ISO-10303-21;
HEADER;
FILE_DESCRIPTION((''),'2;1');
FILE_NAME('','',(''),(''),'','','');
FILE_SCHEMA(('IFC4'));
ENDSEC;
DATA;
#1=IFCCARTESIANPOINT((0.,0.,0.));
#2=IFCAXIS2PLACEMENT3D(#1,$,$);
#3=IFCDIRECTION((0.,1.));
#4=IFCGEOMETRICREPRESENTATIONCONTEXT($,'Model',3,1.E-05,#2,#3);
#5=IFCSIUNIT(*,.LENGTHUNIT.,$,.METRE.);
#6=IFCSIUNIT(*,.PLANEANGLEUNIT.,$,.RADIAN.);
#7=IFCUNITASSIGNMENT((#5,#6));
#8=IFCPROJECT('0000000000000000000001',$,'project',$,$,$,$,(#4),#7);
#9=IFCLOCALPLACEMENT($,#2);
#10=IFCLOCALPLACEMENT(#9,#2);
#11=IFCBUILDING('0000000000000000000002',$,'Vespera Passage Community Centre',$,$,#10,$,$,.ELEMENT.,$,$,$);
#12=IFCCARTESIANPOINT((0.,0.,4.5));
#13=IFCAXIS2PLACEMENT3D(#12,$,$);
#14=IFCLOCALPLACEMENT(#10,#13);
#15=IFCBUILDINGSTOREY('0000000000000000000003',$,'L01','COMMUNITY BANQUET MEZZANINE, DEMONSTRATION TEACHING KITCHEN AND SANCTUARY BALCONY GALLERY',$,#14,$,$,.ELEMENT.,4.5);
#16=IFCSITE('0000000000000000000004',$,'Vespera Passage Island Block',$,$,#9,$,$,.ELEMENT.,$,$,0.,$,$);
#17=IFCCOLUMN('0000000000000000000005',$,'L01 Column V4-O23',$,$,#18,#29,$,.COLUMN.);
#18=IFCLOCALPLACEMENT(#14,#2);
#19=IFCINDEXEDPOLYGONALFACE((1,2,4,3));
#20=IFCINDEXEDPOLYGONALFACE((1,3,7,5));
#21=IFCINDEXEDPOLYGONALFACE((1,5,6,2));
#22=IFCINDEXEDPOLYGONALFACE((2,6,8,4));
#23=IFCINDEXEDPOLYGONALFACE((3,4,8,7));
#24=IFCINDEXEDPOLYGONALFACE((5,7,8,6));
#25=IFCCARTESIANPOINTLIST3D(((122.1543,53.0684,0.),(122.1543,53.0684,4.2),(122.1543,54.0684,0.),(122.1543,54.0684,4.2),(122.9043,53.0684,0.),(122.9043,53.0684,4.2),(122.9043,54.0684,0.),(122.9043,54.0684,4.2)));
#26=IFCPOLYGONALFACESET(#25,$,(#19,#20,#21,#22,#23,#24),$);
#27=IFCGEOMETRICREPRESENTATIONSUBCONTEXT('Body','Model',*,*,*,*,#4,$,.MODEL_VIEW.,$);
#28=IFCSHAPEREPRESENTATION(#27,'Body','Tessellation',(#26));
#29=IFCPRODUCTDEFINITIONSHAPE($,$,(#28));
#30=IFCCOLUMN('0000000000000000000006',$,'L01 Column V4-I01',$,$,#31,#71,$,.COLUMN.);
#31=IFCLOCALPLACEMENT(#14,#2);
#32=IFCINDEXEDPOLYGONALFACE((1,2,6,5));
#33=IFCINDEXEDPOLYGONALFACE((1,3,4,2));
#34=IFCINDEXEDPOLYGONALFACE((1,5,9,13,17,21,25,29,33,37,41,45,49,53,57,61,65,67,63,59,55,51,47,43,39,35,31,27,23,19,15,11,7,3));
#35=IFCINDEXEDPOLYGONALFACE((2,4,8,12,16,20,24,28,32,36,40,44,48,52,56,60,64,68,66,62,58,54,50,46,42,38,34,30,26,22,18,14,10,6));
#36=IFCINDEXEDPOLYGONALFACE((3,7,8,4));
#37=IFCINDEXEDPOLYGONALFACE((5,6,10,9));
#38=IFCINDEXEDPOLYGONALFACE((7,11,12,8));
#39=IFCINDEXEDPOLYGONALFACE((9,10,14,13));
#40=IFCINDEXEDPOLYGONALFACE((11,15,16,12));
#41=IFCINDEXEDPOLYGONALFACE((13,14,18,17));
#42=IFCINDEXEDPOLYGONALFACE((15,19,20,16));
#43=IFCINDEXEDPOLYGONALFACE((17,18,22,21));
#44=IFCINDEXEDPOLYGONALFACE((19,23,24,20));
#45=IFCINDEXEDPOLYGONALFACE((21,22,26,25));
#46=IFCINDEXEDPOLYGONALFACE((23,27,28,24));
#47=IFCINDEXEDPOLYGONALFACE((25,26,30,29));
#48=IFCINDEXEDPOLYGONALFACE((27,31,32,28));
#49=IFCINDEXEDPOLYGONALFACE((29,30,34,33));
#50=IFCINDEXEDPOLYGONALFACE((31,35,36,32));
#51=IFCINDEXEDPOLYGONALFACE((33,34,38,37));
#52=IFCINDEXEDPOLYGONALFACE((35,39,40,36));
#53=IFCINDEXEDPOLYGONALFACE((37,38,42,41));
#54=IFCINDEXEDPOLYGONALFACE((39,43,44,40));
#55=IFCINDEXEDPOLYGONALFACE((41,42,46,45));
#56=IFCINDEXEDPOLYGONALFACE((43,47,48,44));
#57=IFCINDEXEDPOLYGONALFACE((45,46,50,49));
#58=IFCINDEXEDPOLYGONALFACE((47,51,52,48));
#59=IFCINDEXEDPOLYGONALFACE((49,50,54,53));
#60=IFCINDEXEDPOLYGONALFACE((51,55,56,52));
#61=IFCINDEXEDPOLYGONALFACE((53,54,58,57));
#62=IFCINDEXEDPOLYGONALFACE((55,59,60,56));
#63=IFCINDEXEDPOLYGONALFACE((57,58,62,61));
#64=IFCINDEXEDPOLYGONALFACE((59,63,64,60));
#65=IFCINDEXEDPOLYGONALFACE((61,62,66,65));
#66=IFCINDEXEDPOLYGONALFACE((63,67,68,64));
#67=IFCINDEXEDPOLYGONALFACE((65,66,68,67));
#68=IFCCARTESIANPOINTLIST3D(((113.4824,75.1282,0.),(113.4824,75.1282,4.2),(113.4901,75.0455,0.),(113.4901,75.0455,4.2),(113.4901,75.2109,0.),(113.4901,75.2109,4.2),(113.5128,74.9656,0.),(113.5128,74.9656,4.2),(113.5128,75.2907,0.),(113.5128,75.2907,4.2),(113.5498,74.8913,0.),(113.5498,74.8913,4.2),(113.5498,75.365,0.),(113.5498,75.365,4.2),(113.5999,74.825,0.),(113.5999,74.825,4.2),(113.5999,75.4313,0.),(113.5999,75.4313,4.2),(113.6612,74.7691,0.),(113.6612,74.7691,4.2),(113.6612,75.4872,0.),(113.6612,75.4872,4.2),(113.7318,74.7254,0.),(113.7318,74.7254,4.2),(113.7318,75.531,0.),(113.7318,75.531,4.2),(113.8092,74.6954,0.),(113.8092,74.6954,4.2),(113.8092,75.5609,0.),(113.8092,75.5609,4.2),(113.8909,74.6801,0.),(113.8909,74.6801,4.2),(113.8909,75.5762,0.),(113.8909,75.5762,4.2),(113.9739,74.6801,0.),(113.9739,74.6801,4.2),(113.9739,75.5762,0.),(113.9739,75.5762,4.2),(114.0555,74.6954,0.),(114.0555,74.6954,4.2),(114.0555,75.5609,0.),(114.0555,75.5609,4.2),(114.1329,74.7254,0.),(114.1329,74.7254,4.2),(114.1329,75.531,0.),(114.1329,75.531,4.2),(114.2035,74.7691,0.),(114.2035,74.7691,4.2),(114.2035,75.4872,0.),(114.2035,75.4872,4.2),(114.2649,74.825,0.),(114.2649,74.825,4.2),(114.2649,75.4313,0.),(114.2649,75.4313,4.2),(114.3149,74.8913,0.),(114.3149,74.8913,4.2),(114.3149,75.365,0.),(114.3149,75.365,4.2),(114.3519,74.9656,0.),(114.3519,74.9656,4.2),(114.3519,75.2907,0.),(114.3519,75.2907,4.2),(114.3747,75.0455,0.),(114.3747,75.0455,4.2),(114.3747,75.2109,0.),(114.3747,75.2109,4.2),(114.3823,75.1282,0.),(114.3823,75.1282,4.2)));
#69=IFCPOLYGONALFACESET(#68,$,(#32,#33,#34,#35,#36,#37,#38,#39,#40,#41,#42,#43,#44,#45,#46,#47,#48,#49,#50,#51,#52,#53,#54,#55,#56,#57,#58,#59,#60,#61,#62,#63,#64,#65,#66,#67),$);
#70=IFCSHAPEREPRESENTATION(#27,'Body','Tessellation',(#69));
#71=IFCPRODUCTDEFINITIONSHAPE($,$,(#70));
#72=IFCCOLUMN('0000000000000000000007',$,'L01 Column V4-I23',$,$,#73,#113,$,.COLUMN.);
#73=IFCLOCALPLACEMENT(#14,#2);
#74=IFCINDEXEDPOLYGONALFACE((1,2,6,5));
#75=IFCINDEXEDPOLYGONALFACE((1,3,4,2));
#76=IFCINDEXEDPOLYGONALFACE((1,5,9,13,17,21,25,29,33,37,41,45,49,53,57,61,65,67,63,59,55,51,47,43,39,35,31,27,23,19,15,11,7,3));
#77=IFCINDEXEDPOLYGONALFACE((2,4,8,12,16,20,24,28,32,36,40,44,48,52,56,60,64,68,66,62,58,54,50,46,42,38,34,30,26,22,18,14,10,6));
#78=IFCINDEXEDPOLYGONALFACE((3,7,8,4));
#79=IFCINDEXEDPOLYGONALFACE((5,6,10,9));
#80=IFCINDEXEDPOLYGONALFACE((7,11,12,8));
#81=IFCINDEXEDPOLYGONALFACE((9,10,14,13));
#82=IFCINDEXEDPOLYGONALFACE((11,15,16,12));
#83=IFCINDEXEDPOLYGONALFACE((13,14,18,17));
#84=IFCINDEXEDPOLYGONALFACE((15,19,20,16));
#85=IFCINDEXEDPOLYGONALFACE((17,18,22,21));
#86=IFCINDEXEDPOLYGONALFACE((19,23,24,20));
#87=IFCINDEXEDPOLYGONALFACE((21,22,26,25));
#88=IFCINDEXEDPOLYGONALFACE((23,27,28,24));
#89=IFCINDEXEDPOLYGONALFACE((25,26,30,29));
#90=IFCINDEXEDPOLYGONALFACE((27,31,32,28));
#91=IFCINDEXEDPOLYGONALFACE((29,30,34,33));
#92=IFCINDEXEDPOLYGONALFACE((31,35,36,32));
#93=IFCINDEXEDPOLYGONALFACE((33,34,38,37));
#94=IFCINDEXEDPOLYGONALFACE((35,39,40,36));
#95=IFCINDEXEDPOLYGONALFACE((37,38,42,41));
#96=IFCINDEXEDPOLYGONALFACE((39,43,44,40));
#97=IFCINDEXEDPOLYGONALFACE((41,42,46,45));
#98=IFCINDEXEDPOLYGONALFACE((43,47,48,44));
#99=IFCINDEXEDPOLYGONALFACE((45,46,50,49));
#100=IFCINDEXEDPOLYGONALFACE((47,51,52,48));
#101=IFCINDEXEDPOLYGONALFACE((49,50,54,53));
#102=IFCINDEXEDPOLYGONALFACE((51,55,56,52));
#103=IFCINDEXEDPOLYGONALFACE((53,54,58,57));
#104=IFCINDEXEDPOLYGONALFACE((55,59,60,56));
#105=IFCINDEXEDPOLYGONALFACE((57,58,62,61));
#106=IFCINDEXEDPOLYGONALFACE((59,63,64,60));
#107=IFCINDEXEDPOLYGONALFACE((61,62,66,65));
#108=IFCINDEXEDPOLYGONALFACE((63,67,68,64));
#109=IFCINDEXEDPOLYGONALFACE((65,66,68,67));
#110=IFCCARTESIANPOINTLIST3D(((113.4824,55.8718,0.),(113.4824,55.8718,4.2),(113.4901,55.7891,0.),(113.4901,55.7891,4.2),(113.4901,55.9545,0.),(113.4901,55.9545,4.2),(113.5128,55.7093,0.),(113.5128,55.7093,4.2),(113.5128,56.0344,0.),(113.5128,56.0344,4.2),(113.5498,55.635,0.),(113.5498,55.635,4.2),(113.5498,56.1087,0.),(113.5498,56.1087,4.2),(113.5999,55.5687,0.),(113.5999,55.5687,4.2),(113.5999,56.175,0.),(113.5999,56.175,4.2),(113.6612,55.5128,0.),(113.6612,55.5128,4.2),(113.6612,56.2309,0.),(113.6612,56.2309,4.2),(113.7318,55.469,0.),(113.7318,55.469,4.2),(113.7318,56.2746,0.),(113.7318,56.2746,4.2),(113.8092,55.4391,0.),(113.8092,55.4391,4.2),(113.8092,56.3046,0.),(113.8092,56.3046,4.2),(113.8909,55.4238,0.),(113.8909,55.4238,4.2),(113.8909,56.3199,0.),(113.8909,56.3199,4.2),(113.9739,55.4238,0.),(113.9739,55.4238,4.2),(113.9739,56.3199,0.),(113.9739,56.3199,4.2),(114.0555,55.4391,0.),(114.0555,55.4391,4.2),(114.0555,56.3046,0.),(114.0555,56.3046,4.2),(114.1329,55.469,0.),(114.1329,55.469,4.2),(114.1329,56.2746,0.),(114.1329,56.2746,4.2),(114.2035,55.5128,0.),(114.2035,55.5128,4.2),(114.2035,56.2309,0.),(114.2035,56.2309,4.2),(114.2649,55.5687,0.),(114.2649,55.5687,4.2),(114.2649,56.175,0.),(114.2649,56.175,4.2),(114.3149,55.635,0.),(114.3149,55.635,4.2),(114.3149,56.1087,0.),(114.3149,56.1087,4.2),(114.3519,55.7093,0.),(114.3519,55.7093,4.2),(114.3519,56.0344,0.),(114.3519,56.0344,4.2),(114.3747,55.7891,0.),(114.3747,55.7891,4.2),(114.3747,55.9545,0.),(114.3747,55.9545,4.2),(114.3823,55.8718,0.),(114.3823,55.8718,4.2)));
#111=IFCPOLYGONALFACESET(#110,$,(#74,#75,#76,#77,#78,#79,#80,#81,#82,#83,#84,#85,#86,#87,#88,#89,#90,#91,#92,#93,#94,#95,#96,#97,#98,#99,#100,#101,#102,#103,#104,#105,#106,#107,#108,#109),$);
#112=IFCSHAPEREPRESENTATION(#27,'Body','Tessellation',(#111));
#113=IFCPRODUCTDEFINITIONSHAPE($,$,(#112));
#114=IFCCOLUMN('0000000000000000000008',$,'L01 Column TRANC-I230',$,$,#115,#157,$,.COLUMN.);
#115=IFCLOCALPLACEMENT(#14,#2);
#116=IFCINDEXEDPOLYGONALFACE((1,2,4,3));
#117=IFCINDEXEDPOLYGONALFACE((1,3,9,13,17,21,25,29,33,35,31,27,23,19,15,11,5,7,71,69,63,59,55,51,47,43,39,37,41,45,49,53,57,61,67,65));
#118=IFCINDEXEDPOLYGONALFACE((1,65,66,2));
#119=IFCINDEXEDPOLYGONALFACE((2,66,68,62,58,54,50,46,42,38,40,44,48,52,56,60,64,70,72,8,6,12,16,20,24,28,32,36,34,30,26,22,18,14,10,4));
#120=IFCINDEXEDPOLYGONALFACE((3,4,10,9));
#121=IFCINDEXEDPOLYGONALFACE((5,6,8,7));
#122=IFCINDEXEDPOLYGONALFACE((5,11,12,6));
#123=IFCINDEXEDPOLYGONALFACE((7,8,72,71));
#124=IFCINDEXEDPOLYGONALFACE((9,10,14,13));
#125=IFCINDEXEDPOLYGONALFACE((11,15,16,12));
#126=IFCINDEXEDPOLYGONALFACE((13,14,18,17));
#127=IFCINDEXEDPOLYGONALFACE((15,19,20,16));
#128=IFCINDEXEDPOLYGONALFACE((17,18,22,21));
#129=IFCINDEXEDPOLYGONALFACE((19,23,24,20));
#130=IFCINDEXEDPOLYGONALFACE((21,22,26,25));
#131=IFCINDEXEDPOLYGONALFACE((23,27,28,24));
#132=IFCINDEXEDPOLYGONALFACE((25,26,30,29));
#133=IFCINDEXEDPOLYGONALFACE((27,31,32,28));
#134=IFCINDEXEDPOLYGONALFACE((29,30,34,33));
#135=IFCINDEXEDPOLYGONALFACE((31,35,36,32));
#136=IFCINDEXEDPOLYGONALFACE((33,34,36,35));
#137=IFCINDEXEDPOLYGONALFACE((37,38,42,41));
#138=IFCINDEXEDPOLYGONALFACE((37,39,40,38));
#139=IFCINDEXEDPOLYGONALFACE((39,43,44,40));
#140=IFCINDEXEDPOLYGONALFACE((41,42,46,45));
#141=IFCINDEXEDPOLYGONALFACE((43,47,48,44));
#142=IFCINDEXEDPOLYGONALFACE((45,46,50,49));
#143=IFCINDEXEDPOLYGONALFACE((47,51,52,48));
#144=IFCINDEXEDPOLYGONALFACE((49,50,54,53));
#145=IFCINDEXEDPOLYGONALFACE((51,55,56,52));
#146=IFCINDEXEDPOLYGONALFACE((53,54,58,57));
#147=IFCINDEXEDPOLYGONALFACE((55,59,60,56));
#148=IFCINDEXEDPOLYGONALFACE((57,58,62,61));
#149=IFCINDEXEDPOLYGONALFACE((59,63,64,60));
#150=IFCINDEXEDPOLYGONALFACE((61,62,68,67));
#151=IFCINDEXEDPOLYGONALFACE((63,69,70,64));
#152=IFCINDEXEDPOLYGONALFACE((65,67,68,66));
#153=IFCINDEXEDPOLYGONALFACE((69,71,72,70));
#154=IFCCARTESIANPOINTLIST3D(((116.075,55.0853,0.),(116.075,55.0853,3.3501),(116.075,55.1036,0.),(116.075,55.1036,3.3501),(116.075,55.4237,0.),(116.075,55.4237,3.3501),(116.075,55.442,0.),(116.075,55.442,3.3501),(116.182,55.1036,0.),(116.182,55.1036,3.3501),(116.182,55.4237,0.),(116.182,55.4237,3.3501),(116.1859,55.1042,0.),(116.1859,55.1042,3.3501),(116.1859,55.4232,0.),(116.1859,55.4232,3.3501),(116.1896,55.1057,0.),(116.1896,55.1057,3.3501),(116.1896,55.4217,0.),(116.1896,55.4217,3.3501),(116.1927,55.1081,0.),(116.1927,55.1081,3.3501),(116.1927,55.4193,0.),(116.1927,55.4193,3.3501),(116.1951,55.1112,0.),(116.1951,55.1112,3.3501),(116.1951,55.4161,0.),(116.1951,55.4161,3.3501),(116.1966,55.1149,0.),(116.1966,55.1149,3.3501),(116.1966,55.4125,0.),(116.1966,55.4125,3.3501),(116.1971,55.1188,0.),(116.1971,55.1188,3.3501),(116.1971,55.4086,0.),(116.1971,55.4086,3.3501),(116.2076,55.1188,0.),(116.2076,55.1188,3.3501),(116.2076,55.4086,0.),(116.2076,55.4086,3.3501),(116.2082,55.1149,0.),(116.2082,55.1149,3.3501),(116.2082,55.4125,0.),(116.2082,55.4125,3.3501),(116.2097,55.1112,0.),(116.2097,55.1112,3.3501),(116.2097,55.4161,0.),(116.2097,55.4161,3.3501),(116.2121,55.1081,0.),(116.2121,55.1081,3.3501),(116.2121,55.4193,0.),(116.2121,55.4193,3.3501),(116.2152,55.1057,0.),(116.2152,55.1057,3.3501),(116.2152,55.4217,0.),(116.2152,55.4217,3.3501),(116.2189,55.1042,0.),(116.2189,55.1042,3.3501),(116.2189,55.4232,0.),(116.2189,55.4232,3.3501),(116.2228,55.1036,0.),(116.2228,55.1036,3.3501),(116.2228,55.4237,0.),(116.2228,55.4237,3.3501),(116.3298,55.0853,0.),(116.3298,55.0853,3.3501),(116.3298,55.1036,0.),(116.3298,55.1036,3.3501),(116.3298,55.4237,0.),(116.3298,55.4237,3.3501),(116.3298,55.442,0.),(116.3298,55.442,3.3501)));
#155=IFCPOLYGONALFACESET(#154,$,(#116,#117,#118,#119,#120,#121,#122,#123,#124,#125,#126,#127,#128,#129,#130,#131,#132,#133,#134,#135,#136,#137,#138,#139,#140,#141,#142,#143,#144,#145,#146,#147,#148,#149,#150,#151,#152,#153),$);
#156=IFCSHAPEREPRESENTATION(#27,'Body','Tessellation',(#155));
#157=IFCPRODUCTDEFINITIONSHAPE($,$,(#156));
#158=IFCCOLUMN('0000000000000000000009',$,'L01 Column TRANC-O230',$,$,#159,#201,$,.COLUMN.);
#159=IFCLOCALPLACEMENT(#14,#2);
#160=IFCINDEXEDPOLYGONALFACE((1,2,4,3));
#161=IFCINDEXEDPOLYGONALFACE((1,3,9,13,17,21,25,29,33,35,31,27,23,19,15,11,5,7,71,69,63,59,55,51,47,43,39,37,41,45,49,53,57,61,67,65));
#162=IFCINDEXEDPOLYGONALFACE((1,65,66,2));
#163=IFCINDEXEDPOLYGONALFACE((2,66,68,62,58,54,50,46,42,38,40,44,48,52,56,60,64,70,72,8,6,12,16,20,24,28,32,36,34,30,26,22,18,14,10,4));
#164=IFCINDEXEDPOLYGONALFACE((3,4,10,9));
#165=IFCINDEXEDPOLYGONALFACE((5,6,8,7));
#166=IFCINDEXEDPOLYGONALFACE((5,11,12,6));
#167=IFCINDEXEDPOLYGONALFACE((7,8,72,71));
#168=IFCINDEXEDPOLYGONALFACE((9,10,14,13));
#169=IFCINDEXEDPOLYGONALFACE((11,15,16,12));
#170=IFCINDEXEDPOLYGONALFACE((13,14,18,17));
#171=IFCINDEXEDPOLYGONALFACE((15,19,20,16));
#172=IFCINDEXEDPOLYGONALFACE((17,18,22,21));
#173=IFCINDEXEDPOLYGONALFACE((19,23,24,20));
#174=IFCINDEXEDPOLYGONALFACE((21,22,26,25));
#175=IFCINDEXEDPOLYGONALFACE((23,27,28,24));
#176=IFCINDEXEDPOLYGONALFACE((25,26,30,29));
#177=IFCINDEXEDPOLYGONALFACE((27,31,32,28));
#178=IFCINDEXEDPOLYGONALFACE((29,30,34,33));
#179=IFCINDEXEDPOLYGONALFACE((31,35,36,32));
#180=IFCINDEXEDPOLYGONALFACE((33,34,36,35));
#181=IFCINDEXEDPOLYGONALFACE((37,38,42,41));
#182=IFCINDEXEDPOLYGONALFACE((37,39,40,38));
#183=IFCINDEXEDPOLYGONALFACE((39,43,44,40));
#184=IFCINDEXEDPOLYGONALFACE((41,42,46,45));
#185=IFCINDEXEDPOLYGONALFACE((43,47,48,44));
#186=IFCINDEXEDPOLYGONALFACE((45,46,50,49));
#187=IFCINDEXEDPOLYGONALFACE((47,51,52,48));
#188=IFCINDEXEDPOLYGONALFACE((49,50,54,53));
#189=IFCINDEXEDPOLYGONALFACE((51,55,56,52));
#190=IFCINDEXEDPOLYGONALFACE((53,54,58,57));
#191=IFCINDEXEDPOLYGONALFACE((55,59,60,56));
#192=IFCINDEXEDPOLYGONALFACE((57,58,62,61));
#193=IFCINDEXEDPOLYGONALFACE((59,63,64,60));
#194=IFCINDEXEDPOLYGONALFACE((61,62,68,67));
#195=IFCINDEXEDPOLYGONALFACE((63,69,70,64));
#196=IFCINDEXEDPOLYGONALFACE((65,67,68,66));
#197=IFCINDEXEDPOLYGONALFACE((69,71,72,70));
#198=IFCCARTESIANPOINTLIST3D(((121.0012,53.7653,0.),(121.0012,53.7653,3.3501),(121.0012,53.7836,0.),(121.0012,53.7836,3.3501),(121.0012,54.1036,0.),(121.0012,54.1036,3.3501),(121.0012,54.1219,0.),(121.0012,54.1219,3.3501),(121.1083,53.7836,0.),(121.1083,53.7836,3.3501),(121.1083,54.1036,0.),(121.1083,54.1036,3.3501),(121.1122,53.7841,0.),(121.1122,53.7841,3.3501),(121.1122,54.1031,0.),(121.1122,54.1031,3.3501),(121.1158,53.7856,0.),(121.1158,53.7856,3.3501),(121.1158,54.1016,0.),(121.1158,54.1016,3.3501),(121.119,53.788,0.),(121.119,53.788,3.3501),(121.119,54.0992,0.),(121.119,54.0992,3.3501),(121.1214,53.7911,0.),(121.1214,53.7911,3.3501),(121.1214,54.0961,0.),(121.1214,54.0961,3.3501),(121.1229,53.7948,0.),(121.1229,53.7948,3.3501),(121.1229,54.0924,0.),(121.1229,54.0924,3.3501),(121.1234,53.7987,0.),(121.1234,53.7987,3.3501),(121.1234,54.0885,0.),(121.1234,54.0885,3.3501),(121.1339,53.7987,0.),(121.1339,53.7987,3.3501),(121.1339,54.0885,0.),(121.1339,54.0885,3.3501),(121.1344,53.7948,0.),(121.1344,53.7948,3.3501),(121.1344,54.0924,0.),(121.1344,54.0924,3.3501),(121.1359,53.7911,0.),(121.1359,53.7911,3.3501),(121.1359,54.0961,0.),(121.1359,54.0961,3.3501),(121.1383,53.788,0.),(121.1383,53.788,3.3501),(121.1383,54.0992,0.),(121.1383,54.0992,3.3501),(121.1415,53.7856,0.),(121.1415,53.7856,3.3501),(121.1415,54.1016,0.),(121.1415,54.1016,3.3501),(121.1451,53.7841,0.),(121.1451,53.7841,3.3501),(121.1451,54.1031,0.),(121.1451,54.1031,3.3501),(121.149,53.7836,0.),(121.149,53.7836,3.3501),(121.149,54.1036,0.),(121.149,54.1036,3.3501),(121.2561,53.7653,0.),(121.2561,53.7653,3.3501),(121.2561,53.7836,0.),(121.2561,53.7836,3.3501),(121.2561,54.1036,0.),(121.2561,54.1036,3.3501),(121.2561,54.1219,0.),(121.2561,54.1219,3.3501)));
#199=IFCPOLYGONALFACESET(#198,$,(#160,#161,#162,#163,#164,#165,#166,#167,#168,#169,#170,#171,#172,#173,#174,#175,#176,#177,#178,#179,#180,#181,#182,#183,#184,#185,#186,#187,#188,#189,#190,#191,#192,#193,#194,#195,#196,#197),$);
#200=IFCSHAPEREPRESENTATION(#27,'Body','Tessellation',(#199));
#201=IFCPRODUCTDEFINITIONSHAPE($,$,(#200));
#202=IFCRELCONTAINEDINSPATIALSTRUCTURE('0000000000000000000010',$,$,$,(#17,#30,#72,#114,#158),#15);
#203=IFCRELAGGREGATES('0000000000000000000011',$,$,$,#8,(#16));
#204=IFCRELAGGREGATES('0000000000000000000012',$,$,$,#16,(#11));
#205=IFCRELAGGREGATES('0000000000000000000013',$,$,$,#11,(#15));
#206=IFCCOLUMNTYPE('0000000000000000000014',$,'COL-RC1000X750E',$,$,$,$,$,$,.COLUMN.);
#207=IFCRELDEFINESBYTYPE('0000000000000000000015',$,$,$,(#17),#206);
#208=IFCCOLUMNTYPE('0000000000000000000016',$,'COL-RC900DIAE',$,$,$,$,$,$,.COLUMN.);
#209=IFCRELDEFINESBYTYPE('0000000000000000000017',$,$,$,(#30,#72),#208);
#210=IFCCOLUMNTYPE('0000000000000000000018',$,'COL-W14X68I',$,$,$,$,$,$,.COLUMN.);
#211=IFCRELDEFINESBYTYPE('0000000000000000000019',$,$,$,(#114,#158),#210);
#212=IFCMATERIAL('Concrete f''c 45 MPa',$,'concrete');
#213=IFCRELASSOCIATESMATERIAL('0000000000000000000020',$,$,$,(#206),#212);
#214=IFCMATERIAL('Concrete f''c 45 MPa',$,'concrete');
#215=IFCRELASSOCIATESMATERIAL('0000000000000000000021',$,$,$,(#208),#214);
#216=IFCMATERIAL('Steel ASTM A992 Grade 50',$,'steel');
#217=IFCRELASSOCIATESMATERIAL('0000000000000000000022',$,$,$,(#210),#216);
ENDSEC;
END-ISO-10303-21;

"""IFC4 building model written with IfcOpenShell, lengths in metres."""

from ifc_helpers import new_model, si_unit, direction, frame, origin, origin_2d, place, context, subcontext, project, spatial, rectangle, circle, i_section, extrude, material, material_profile, profile_set, type_object, element, save


model = new_model("IFC4")

# Units and contexts
model_context = context("Model", 3, precision=1e-05, world=origin(), true_north=direction((0.0, 1.0)))
body_context = subcontext(model_context, "Body", "Model", "MODEL_VIEW")
ifc_project = project(units=[si_unit("LENGTHUNIT", "METRE"), si_unit("PLANEANGLEUNIT", "RADIAN")], contexts=[model_context])

# Site, building, storey
site_placement = place(None, origin())
site = spatial("IfcSite", under=ifc_project, at=site_placement, Name="Vespera Passage Island Block", CompositionType="ELEMENT", RefElevation=0.0)
building_placement = place(site_placement, origin())
building = spatial("IfcBuilding", under=site, at=building_placement, Name="Vespera Passage Community Centre", CompositionType="ELEMENT")
storey_placement = place(building_placement, frame((0.0, 0.0, 4.5)))
storey = spatial("IfcBuildingStorey", under=building, at=storey_placement, Name="L01", Description="COMMUNITY BANQUET MEZZANINE, DEMONSTRATION TEACHING KITCHEN AND SANCTUARY BALCONY GALLERY", CompositionType="ELEMENT", Elevation=4.5)

# Columns
ifc_material_1 = material(Name="Concrete f'c 45 MPa", Category="concrete")
ifc_material_profile_1 = material_profile(ifc_material_1, rectangle(XDim=0.75, YDim=1.0, at=origin_2d()), Name="RC1000X750")
ifc_profile_set_1 = profile_set([ifc_material_profile_1], Name="Concrete f'c 45 MPa")
column_type_1 = type_object("IfcColumnType", Name="COL-RC1000X750E", PredefinedType="COLUMN", material=ifc_profile_set_1)
column_placement = place(storey_placement, frame((122.5293, 53.5684, 0.0), z_axis=(0.0, 0.0, 1.0), x_axis=(1.0, 0.0, 0.0)))
element("IfcColumn", 1, at=column_placement, inside=storey, type_object=column_type_1, Name="L01 Column V4-O23", PredefinedType="COLUMN", context=body_context, shape_type="SweptSolid", body=[
    extrude(rectangle(XDim=0.75, YDim=1.0, at=origin_2d()), origin(), (0.0, 0.0, 1.0), 4.2),
])
ifc_material_2 = material(Name="Concrete f'c 45 MPa", Category="concrete")
ifc_material_profile_2 = material_profile(ifc_material_2, circle(Radius=0.45, at=origin_2d()), Name="RC900DIA")
ifc_profile_set_2 = profile_set([ifc_material_profile_2], Name="Concrete f'c 45 MPa")
column_type_2 = type_object("IfcColumnType", Name="COL-RC900DIAE", PredefinedType="COLUMN", material=ifc_profile_set_2)
for number, where, z_axis, x_axis, name in (
    (2, (113.9324, 75.1282, 0.0), (0.0, 0.0, 1.0), (1.0, 0.0, 0.0), "L01 Column V4-I01"),
    (3, (113.9324, 55.8718, 0.0), (0.0, 0.0, 1.0), (1.0, 0.0, 0.0), "L01 Column V4-I23"),
):
    element("IfcColumn", number, at=place(storey_placement, frame(where, z_axis=z_axis, x_axis=x_axis)), inside=storey, type_object=column_type_2, Name=name, PredefinedType="COLUMN", context=body_context, shape_type="SweptSolid", body=[
        extrude(circle(Radius=0.45, at=origin_2d()), origin(), (0.0, 0.0, 1.0), 4.2),
    ])
ifc_material_3 = material(Name="Steel ASTM A992 Grade 50", Category="steel")
ifc_material_profile_3 = material_profile(ifc_material_3, i_section(OverallWidth=0.2549, OverallDepth=0.3567, WebThickness=0.0105, FlangeThickness=0.0183, FilletRadius=0.0151, at=origin_2d()), Name="W14X68")
ifc_profile_set_3 = profile_set([ifc_material_profile_3], Name="Steel ASTM A992 Grade 50")
column_type_3 = type_object("IfcColumnType", Name="COL-W14X68I", PredefinedType="COLUMN", material=ifc_profile_set_3)
for number, where, z_axis, x_axis, name in (
    (4, (116.2024, 55.2637, 0.0), (0.0, 0.0, 1.0), (1.0, 0.0, 0.0), "L01 Column TRANC-I230"),
    (5, (121.1287, 53.9436, 0.0), (0.0, 0.0, 1.0), (1.0, 0.0, 0.0), "L01 Column TRANC-O230"),
):
    element("IfcColumn", number, at=place(storey_placement, frame(where, z_axis=z_axis, x_axis=x_axis)), inside=storey, type_object=column_type_3, Name=name, PredefinedType="COLUMN", context=body_context, shape_type="SweptSolid", body=[
        extrude(i_section(OverallWidth=0.2549, OverallDepth=0.3567, WebThickness=0.0105, FlangeThickness=0.0183, FilletRadius=0.0151, at=origin_2d()), origin(), (0.0, 0.0, 1.0), 3.3501),
    ])

save(model, "model.ifc")
